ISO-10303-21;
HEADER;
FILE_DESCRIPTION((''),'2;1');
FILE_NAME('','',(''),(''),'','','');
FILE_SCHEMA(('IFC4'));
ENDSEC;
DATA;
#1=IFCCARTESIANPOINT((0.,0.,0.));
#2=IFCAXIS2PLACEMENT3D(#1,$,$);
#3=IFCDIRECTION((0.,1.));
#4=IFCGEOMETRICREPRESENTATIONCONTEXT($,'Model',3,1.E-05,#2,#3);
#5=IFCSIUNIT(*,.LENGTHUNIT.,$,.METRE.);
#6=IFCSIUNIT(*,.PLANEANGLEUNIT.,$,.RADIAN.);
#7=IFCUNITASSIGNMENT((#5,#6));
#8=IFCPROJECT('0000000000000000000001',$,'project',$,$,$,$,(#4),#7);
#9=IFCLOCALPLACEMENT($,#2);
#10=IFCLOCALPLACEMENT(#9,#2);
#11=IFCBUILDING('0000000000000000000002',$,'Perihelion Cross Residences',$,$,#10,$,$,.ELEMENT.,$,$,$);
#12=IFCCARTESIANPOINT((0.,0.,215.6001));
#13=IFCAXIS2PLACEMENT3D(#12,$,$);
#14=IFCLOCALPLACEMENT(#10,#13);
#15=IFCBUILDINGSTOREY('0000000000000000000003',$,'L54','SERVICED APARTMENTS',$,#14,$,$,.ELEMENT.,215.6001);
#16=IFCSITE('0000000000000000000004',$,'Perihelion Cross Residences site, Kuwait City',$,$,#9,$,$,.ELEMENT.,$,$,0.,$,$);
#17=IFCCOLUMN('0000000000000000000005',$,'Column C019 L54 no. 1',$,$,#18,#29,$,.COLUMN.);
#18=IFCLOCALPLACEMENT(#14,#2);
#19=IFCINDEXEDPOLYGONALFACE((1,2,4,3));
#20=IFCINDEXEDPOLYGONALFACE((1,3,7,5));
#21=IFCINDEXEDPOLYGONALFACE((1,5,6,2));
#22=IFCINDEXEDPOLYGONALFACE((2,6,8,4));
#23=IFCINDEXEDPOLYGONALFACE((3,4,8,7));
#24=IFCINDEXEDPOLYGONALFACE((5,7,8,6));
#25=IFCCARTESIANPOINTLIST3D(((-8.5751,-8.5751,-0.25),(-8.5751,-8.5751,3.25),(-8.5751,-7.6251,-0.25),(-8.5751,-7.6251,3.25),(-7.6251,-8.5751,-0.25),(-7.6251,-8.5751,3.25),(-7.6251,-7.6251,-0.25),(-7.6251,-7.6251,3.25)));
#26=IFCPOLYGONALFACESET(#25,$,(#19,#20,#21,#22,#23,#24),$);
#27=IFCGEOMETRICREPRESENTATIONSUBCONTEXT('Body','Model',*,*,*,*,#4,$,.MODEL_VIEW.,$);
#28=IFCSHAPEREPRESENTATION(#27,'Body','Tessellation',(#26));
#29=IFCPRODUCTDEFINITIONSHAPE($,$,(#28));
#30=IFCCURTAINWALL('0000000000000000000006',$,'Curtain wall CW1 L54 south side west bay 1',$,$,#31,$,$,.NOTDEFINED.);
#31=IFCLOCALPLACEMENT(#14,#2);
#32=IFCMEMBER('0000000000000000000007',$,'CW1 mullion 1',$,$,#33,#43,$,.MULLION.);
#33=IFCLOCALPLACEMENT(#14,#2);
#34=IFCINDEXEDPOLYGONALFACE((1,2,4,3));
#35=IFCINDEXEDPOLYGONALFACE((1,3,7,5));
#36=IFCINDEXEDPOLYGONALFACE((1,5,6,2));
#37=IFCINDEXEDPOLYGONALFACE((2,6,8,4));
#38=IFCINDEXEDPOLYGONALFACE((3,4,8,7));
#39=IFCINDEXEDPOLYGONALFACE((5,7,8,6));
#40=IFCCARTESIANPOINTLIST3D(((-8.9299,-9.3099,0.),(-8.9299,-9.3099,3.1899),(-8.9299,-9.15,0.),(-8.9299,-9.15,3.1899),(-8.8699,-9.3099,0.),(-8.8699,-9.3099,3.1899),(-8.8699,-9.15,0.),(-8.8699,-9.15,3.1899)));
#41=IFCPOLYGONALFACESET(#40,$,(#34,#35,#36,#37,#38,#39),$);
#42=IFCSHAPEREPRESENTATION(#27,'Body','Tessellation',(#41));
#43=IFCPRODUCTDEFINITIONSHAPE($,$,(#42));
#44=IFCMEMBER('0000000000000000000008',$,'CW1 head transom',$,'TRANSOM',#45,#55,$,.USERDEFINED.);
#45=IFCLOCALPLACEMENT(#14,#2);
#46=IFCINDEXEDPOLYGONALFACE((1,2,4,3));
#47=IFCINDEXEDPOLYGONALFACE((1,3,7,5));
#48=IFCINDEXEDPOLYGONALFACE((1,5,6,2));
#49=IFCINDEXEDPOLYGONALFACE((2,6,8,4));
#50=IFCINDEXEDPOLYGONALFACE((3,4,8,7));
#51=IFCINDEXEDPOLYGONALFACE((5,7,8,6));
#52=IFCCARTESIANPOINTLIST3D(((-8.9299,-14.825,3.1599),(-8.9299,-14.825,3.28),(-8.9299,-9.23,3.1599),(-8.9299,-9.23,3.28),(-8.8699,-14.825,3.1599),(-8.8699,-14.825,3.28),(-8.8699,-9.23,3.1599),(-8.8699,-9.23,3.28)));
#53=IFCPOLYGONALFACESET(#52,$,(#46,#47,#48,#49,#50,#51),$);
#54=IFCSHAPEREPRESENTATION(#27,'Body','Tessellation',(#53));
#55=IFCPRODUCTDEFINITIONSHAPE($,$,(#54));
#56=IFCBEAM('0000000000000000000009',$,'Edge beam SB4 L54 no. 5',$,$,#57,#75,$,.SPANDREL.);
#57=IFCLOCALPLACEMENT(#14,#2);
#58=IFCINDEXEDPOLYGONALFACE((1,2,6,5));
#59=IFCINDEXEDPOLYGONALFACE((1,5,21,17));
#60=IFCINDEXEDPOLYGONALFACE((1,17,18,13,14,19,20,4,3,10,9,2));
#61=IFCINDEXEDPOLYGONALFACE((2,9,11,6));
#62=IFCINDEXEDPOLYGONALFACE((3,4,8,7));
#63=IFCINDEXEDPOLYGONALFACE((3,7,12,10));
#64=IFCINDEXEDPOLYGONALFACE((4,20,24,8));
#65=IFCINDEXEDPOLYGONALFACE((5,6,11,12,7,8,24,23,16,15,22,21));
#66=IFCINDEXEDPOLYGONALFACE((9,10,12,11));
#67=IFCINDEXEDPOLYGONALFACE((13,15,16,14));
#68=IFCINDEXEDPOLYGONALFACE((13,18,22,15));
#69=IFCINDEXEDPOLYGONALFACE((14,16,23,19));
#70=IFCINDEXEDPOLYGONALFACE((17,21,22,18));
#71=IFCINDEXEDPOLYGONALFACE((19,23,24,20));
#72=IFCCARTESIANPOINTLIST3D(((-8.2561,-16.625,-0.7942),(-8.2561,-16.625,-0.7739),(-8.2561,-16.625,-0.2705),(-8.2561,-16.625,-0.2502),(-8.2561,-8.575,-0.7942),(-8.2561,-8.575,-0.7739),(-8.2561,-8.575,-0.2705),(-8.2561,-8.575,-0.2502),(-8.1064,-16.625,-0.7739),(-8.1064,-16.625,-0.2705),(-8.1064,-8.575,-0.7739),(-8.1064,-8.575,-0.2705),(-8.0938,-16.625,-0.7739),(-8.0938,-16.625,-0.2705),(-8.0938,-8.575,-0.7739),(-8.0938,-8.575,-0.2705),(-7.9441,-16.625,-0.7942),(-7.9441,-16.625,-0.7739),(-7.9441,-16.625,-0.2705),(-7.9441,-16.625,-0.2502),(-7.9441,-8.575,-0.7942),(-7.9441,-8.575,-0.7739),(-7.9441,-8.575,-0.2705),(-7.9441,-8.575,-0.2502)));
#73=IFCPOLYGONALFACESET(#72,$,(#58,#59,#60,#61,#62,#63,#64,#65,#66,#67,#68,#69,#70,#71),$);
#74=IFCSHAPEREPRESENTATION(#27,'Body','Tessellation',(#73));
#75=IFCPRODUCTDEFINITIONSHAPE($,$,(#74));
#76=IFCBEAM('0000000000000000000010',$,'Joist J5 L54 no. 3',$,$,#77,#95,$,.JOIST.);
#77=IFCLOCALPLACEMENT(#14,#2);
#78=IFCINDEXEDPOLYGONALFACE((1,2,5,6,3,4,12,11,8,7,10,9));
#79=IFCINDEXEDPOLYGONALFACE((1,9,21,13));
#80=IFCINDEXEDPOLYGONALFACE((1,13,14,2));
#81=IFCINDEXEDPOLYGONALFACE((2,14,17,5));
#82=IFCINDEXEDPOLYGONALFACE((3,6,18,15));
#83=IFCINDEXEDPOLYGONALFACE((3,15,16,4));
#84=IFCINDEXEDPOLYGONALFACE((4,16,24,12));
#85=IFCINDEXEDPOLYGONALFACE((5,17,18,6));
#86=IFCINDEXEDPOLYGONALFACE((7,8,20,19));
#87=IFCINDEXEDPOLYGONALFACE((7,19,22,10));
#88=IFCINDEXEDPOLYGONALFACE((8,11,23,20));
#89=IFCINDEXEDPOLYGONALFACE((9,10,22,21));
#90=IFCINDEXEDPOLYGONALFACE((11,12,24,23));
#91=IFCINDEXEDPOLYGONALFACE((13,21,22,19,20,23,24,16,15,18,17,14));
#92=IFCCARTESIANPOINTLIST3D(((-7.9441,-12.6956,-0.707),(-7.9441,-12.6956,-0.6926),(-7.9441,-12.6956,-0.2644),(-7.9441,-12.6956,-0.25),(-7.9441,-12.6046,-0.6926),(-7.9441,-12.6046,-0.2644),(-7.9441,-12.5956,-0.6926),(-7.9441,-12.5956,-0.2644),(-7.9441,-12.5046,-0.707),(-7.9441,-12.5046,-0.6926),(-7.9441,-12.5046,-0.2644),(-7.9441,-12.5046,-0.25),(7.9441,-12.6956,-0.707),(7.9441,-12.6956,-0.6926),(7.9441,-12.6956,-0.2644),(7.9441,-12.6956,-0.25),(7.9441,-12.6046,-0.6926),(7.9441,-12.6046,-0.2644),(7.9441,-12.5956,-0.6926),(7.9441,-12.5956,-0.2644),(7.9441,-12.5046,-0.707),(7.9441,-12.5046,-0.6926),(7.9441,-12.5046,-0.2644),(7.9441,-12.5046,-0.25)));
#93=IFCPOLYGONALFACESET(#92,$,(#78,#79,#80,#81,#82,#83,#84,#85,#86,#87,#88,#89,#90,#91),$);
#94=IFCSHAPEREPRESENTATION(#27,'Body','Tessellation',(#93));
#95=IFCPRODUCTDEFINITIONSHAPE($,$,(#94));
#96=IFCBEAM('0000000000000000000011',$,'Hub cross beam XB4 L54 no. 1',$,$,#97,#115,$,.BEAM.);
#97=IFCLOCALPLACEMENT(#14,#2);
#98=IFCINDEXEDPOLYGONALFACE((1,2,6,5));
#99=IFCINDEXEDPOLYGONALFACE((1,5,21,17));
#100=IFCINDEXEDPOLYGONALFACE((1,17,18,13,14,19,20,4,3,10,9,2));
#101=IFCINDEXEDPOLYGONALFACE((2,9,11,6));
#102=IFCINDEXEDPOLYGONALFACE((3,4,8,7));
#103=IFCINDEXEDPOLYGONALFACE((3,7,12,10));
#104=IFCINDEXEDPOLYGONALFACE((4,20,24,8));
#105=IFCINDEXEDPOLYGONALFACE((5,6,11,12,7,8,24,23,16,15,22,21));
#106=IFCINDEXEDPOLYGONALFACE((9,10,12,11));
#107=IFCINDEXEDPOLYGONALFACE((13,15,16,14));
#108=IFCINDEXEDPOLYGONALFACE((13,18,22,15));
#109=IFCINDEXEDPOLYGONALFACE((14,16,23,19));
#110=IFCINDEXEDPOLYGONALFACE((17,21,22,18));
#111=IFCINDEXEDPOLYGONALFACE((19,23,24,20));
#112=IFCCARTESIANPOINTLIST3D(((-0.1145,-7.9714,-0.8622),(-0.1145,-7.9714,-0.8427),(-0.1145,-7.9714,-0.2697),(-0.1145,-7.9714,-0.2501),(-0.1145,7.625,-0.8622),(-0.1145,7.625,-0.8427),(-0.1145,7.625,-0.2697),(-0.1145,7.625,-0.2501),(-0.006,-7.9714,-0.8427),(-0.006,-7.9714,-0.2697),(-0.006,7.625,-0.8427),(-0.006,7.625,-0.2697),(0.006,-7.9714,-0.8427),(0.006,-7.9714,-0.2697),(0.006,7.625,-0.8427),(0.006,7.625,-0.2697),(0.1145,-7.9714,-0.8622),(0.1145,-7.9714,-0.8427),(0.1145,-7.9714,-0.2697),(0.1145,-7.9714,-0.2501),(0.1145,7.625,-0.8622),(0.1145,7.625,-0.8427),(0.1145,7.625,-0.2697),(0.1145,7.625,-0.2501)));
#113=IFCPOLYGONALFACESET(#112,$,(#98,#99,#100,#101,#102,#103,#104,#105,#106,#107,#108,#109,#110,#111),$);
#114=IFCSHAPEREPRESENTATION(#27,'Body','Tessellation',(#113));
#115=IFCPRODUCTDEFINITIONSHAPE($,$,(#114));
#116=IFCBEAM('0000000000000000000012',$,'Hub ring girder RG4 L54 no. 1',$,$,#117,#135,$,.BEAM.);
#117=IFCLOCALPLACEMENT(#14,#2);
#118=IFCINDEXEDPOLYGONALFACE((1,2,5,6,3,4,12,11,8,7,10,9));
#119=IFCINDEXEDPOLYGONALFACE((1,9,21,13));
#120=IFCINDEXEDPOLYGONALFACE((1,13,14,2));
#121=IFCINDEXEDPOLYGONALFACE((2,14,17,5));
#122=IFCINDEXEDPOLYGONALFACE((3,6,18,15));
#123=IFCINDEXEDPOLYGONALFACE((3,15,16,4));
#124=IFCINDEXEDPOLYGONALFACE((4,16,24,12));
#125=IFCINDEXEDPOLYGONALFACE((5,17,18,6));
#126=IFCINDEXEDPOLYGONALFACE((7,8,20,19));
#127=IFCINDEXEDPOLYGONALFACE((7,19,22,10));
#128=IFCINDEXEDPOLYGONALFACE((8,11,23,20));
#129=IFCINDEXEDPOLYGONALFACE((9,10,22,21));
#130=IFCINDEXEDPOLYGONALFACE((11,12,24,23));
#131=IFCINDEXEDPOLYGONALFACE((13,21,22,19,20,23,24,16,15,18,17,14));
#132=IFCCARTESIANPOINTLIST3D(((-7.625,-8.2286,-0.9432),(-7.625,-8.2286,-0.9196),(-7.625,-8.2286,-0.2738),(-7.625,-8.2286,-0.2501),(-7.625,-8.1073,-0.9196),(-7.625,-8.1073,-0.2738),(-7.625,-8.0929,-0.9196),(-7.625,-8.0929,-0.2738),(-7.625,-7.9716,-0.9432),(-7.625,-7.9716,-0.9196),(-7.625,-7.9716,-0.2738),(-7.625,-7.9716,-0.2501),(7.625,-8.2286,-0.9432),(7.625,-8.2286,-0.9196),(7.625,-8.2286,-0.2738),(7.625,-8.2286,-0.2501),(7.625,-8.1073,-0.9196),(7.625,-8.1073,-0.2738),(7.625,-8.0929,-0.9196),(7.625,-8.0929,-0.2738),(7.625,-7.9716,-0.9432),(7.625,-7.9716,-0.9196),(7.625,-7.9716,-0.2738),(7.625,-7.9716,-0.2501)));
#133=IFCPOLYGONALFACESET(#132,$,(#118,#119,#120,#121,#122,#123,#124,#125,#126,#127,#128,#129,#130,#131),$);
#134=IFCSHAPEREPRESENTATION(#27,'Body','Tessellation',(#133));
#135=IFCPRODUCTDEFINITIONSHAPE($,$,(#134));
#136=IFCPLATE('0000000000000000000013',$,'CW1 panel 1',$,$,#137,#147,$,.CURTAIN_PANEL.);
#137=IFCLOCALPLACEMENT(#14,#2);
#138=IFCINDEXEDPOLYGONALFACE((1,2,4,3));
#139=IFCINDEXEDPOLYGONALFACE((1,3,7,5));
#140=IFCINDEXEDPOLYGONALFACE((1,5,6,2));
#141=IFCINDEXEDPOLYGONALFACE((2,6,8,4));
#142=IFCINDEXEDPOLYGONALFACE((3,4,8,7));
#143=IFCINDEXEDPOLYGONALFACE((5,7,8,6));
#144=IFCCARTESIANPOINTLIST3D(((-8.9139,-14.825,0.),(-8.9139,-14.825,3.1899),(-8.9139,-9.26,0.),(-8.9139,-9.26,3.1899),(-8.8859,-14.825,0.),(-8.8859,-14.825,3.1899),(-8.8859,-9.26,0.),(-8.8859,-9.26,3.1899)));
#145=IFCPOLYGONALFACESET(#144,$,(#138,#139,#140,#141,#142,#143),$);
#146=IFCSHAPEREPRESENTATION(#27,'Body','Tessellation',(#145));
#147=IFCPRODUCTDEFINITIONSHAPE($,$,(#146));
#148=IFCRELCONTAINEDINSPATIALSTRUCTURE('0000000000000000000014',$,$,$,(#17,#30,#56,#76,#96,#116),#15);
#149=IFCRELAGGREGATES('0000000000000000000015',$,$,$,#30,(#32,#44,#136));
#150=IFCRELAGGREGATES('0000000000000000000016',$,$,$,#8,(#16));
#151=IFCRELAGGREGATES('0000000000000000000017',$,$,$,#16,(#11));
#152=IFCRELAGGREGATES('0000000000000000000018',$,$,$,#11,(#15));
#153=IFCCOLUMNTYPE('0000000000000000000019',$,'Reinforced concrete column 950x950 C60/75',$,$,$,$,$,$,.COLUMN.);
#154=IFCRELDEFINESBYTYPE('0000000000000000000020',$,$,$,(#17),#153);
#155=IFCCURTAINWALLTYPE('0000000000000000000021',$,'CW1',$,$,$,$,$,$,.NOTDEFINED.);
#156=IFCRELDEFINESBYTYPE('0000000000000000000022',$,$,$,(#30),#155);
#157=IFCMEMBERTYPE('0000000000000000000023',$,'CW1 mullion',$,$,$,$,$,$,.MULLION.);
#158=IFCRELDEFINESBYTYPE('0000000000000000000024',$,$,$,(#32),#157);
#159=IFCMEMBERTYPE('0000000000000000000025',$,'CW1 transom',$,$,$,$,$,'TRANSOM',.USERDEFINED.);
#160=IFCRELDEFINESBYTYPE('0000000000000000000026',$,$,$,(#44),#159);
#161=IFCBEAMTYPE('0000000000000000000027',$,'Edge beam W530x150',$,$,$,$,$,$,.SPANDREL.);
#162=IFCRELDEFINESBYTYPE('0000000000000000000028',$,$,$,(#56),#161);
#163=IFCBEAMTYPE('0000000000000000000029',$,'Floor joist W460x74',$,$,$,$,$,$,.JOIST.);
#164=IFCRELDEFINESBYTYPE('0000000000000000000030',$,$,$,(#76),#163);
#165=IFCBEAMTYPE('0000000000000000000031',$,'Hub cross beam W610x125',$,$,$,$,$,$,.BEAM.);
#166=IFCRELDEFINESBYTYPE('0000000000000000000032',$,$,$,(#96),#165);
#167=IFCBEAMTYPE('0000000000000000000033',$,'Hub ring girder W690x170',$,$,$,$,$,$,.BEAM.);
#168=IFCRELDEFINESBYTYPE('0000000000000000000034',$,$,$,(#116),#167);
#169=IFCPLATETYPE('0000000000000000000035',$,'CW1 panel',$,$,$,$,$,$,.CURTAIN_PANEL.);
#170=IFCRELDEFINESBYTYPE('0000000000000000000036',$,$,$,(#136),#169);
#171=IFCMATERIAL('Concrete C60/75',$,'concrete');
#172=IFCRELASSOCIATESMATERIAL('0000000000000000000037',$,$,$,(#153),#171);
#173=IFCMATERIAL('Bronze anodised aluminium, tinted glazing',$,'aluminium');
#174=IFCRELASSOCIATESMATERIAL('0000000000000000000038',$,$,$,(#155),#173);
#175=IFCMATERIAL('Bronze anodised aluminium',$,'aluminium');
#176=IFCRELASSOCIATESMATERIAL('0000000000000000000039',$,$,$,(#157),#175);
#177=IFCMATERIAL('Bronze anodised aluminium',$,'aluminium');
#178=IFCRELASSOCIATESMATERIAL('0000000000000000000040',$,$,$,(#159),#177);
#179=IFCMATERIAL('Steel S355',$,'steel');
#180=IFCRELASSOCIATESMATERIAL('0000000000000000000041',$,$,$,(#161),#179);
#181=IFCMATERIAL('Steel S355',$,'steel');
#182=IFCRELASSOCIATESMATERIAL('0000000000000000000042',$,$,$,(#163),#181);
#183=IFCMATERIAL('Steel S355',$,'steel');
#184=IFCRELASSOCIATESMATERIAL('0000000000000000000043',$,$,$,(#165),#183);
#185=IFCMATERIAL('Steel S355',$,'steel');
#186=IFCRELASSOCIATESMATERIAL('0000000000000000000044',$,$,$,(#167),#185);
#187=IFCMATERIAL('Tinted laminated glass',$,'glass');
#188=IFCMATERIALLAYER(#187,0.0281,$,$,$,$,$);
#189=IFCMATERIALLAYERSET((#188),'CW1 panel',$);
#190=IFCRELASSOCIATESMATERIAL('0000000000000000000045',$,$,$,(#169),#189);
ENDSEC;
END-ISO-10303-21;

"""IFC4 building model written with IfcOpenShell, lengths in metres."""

from ifc_helpers import new_model, si_unit, direction, frame, origin, origin_2d, place, context, subcontext, project, spatial, rectangle, i_section, extrude, material, layer, layer_set, material_profile, profile_set, type_object, element, aggregate, save


model = new_model("IFC4")

# Units and contexts
model_context = context("Model", 3, precision=1e-05, world=origin(), true_north=direction((0.0, 1.0)))
body_context = subcontext(model_context, "Body", "Model", "MODEL_VIEW")
ifc_project = project(units=[si_unit("LENGTHUNIT", "METRE"), si_unit("PLANEANGLEUNIT", "RADIAN")], contexts=[model_context])

# Site, building, storey
site_placement = place(None, origin())
site = spatial("IfcSite", under=ifc_project, at=site_placement, Name="Perihelion Cross Residences site, Kuwait City", CompositionType="ELEMENT", RefElevation=0.0)
building_placement = place(site_placement, origin())
building = spatial("IfcBuilding", under=site, at=building_placement, Name="Perihelion Cross Residences", CompositionType="ELEMENT")
storey_placement = place(building_placement, frame((0.0, 0.0, 215.6001)))
storey = spatial("IfcBuildingStorey", under=building, at=storey_placement, Name="L54", Description="SERVICED APARTMENTS", CompositionType="ELEMENT", Elevation=215.6001)

# Column
ifc_material_1 = material(Name="Concrete C60/75", Category="concrete")
ifc_material_profile_1 = material_profile(ifc_material_1, rectangle(XDim=0.95, YDim=0.95, at=origin_2d()), Name="RC 950x950")
ifc_profile_set_1 = profile_set([ifc_material_profile_1], Name="Concrete C60/75")
column_type = type_object("IfcColumnType", Name="Reinforced concrete column 950x950 C60/75", PredefinedType="COLUMN", material=ifc_profile_set_1)
column_placement = place(storey_placement, frame((-8.1001, -8.1001, -0.25), z_axis=(0.0, 0.0, 1.0), x_axis=(1.0, 0.0, 0.0)))
element("IfcColumn", 1, at=column_placement, inside=storey, type_object=column_type, Name="Column C019 L54 no. 1", PredefinedType="COLUMN", context=body_context, shape_type="SweptSolid", body=[
    extrude(rectangle(XDim=0.95, YDim=0.95, at=origin_2d()), origin(), (0.0, 0.0, 1.0), 3.5),
])

# Curtain wall, members
ifc_material_2 = material(Name="Bronze anodised aluminium, tinted glazing", Category="aluminium")
curtain_wall_type = type_object("IfcCurtainWallType", Name="CW1", PredefinedType="NOTDEFINED", material=ifc_material_2)
curtain_wall_placement = place(storey_placement, origin())
curtain_wall = element("IfcCurtainWall", 2, at=curtain_wall_placement, inside=storey, type_object=curtain_wall_type, Name="Curtain wall CW1 L54 south side west bay 1", PredefinedType="NOTDEFINED")
ifc_material_3 = material(Name="Bronze anodised aluminium", Category="aluminium")
ifc_material_profile_2 = material_profile(ifc_material_3, rectangle(XDim=0.0601, YDim=0.1599, at=origin_2d()), Name="CW1 mullion")
ifc_profile_set_2 = profile_set([ifc_material_profile_2], Name="Bronze anodised aluminium")
member_type_1 = type_object("IfcMemberType", Name="CW1 mullion", PredefinedType="MULLION", material=ifc_profile_set_2)
member_1_placement = place(storey_placement, frame((-8.8999, -9.23, 0.0), z_axis=(0.0, 0.0, 1.0), x_axis=(1.0, 0.0, 0.0)))
member_1 = element("IfcMember", 3, at=member_1_placement, type_object=member_type_1, Name="CW1 mullion 1", PredefinedType="MULLION", context=body_context, shape_type="SweptSolid", body=[
    extrude(rectangle(XDim=0.0601, YDim=0.1599, at=origin_2d()), origin(), (0.0, 0.0, 1.0), 3.1899),
])
ifc_material_4 = material(Name="Bronze anodised aluminium", Category="aluminium")
ifc_material_profile_3 = material_profile(ifc_material_4, rectangle(XDim=0.0601, YDim=0.1201, at=origin_2d()), Name="CW1 transom")
ifc_profile_set_3 = profile_set([ifc_material_profile_3], Name="Bronze anodised aluminium")
member_type_2 = type_object("IfcMemberType", Name="CW1 transom", ElementType="TRANSOM", PredefinedType="USERDEFINED", material=ifc_profile_set_3)
member_2_placement = place(storey_placement, frame((-8.8999, -9.23, 3.22), z_axis=(0.0, -1.0, 0.0), x_axis=(1.0, 0.0, 0.0)))
member_2 = element("IfcMember", 4, at=member_2_placement, type_object=member_type_2, Name="CW1 head transom", ObjectType="TRANSOM", PredefinedType="USERDEFINED", context=body_context, shape_type="SweptSolid", body=[
    extrude(rectangle(XDim=0.0601, YDim=0.1201, at=origin_2d()), origin(), (0.0, 0.0, 1.0), 5.595),
])

# Beams
ifc_material_5 = material(Name="Steel S355", Category="steel")
ifc_material_profile_4 = material_profile(ifc_material_5, i_section(OverallWidth=0.312, OverallDepth=0.5439, WebThickness=0.0127, FlangeThickness=0.0203, at=origin_2d()), Name="W530x150")
ifc_profile_set_4 = profile_set([ifc_material_profile_4], Name="Steel S355")
beam_type_1 = type_object("IfcBeamType", Name="Edge beam W530x150", PredefinedType="SPANDREL", material=ifc_profile_set_4)
beam_1_placement = place(storey_placement, frame((-8.1001, -8.575, -0.5222), z_axis=(0.0, -1.0, 0.0), x_axis=(1.0, 0.0, 0.0)))
element("IfcBeam", 5, at=beam_1_placement, inside=storey, type_object=beam_type_1, Name="Edge beam SB4 L54 no. 5", PredefinedType="SPANDREL", context=body_context, shape_type="SweptSolid", body=[
    extrude(i_section(OverallWidth=0.312, OverallDepth=0.5439, WebThickness=0.0127, FlangeThickness=0.0203, at=origin_2d()), origin(), (0.0, 0.0, 1.0), 8.05),
])
ifc_material_6 = material(Name="Steel S355", Category="steel")
ifc_material_profile_5 = material_profile(ifc_material_6, i_section(OverallWidth=0.1909, OverallDepth=0.457, WebThickness=0.009, FlangeThickness=0.0144, at=origin_2d()), Name="W460x74")
ifc_profile_set_5 = profile_set([ifc_material_profile_5], Name="Steel S355")
beam_type_2 = type_object("IfcBeamType", Name="Floor joist W460x74", PredefinedType="JOIST", material=ifc_profile_set_5)
beam_2_placement = place(storey_placement, frame((-7.9441, -12.6001, -0.4785), z_axis=(1.0, 0.0, 0.0), x_axis=(0.0, 1.0, 0.0)))
element("IfcBeam", 6, at=beam_2_placement, inside=storey, type_object=beam_type_2, Name="Joist J5 L54 no. 3", PredefinedType="JOIST", context=body_context, shape_type="SweptSolid", body=[
    extrude(i_section(OverallWidth=0.1909, OverallDepth=0.457, WebThickness=0.009, FlangeThickness=0.0144, at=origin_2d()), origin(), (0.0, 0.0, 1.0), 15.8882),
])
ifc_material_7 = material(Name="Steel S355", Category="steel")
ifc_material_profile_6 = material_profile(ifc_material_7, i_section(OverallWidth=0.229, OverallDepth=0.6121, WebThickness=0.012, FlangeThickness=0.0195, at=origin_2d()), Name="W610x125")
ifc_profile_set_6 = profile_set([ifc_material_profile_6], Name="Steel S355")
beam_type_3 = type_object("IfcBeamType", Name="Hub cross beam W610x125", PredefinedType="BEAM", material=ifc_profile_set_6)
beam_3_placement = place(storey_placement, frame((0.0, -7.9714, -0.5562), z_axis=(0.0, 1.0, 0.0), x_axis=(-1.0, 0.0, 0.0)))
element("IfcBeam", 7, at=beam_3_placement, inside=storey, type_object=beam_type_3, Name="Hub cross beam XB4 L54 no. 1", PredefinedType="BEAM", context=body_context, shape_type="SweptSolid", body=[
    extrude(i_section(OverallWidth=0.229, OverallDepth=0.6121, WebThickness=0.012, FlangeThickness=0.0195, at=origin_2d()), origin(), (0.0, 0.0, 1.0), 15.5964),
])
ifc_material_8 = material(Name="Steel S355", Category="steel")
ifc_material_profile_7 = material_profile(ifc_material_8, i_section(OverallWidth=0.2571, OverallDepth=0.6931, WebThickness=0.0144, FlangeThickness=0.0237, at=origin_2d()), Name="W690x170")
ifc_profile_set_7 = profile_set([ifc_material_profile_7], Name="Steel S355")
beam_type_4 = type_object("IfcBeamType", Name="Hub ring girder W690x170", PredefinedType="BEAM", material=ifc_profile_set_7)
beam_4_placement = place(storey_placement, frame((-7.625, -8.1001, -0.5967), z_axis=(1.0, 0.0, 0.0), x_axis=(0.0, 1.0, 0.0)))
element("IfcBeam", 8, at=beam_4_placement, inside=storey, type_object=beam_type_4, Name="Hub ring girder RG4 L54 no. 1", PredefinedType="BEAM", context=body_context, shape_type="SweptSolid", body=[
    extrude(i_section(OverallWidth=0.2571, OverallDepth=0.6931, WebThickness=0.0144, FlangeThickness=0.0237, at=origin_2d()), origin(), (0.0, 0.0, 1.0), 15.25),
])

# Plate
ifc_material_9 = material(Name="Tinted laminated glass", Category="glass")
ifc_layer_1 = layer(ifc_material_9, 0.0281)
ifc_layer_set_1 = layer_set([ifc_layer_1], Name="CW1 panel")
plate_type = type_object("IfcPlateType", Name="CW1 panel", PredefinedType="CURTAIN_PANEL", material=ifc_layer_set_1)
plate_placement = place(storey_placement, frame((-8.8999, -12.0425, 0.0), z_axis=(0.0, 0.0, 1.0), x_axis=(0.0, -1.0, 0.0)))
plate = element("IfcPlate", 9, at=plate_placement, type_object=plate_type, Name="CW1 panel 1", PredefinedType="CURTAIN_PANEL", context=body_context, shape_type="SweptSolid", body=[
    extrude(rectangle(XDim=5.5649, YDim=0.0281, at=origin_2d()), origin(), (0.0, 0.0, 1.0), 3.1899),
])
aggregate(curtain_wall, [member_1, member_2, plate])

save(model, "model.ifc")
